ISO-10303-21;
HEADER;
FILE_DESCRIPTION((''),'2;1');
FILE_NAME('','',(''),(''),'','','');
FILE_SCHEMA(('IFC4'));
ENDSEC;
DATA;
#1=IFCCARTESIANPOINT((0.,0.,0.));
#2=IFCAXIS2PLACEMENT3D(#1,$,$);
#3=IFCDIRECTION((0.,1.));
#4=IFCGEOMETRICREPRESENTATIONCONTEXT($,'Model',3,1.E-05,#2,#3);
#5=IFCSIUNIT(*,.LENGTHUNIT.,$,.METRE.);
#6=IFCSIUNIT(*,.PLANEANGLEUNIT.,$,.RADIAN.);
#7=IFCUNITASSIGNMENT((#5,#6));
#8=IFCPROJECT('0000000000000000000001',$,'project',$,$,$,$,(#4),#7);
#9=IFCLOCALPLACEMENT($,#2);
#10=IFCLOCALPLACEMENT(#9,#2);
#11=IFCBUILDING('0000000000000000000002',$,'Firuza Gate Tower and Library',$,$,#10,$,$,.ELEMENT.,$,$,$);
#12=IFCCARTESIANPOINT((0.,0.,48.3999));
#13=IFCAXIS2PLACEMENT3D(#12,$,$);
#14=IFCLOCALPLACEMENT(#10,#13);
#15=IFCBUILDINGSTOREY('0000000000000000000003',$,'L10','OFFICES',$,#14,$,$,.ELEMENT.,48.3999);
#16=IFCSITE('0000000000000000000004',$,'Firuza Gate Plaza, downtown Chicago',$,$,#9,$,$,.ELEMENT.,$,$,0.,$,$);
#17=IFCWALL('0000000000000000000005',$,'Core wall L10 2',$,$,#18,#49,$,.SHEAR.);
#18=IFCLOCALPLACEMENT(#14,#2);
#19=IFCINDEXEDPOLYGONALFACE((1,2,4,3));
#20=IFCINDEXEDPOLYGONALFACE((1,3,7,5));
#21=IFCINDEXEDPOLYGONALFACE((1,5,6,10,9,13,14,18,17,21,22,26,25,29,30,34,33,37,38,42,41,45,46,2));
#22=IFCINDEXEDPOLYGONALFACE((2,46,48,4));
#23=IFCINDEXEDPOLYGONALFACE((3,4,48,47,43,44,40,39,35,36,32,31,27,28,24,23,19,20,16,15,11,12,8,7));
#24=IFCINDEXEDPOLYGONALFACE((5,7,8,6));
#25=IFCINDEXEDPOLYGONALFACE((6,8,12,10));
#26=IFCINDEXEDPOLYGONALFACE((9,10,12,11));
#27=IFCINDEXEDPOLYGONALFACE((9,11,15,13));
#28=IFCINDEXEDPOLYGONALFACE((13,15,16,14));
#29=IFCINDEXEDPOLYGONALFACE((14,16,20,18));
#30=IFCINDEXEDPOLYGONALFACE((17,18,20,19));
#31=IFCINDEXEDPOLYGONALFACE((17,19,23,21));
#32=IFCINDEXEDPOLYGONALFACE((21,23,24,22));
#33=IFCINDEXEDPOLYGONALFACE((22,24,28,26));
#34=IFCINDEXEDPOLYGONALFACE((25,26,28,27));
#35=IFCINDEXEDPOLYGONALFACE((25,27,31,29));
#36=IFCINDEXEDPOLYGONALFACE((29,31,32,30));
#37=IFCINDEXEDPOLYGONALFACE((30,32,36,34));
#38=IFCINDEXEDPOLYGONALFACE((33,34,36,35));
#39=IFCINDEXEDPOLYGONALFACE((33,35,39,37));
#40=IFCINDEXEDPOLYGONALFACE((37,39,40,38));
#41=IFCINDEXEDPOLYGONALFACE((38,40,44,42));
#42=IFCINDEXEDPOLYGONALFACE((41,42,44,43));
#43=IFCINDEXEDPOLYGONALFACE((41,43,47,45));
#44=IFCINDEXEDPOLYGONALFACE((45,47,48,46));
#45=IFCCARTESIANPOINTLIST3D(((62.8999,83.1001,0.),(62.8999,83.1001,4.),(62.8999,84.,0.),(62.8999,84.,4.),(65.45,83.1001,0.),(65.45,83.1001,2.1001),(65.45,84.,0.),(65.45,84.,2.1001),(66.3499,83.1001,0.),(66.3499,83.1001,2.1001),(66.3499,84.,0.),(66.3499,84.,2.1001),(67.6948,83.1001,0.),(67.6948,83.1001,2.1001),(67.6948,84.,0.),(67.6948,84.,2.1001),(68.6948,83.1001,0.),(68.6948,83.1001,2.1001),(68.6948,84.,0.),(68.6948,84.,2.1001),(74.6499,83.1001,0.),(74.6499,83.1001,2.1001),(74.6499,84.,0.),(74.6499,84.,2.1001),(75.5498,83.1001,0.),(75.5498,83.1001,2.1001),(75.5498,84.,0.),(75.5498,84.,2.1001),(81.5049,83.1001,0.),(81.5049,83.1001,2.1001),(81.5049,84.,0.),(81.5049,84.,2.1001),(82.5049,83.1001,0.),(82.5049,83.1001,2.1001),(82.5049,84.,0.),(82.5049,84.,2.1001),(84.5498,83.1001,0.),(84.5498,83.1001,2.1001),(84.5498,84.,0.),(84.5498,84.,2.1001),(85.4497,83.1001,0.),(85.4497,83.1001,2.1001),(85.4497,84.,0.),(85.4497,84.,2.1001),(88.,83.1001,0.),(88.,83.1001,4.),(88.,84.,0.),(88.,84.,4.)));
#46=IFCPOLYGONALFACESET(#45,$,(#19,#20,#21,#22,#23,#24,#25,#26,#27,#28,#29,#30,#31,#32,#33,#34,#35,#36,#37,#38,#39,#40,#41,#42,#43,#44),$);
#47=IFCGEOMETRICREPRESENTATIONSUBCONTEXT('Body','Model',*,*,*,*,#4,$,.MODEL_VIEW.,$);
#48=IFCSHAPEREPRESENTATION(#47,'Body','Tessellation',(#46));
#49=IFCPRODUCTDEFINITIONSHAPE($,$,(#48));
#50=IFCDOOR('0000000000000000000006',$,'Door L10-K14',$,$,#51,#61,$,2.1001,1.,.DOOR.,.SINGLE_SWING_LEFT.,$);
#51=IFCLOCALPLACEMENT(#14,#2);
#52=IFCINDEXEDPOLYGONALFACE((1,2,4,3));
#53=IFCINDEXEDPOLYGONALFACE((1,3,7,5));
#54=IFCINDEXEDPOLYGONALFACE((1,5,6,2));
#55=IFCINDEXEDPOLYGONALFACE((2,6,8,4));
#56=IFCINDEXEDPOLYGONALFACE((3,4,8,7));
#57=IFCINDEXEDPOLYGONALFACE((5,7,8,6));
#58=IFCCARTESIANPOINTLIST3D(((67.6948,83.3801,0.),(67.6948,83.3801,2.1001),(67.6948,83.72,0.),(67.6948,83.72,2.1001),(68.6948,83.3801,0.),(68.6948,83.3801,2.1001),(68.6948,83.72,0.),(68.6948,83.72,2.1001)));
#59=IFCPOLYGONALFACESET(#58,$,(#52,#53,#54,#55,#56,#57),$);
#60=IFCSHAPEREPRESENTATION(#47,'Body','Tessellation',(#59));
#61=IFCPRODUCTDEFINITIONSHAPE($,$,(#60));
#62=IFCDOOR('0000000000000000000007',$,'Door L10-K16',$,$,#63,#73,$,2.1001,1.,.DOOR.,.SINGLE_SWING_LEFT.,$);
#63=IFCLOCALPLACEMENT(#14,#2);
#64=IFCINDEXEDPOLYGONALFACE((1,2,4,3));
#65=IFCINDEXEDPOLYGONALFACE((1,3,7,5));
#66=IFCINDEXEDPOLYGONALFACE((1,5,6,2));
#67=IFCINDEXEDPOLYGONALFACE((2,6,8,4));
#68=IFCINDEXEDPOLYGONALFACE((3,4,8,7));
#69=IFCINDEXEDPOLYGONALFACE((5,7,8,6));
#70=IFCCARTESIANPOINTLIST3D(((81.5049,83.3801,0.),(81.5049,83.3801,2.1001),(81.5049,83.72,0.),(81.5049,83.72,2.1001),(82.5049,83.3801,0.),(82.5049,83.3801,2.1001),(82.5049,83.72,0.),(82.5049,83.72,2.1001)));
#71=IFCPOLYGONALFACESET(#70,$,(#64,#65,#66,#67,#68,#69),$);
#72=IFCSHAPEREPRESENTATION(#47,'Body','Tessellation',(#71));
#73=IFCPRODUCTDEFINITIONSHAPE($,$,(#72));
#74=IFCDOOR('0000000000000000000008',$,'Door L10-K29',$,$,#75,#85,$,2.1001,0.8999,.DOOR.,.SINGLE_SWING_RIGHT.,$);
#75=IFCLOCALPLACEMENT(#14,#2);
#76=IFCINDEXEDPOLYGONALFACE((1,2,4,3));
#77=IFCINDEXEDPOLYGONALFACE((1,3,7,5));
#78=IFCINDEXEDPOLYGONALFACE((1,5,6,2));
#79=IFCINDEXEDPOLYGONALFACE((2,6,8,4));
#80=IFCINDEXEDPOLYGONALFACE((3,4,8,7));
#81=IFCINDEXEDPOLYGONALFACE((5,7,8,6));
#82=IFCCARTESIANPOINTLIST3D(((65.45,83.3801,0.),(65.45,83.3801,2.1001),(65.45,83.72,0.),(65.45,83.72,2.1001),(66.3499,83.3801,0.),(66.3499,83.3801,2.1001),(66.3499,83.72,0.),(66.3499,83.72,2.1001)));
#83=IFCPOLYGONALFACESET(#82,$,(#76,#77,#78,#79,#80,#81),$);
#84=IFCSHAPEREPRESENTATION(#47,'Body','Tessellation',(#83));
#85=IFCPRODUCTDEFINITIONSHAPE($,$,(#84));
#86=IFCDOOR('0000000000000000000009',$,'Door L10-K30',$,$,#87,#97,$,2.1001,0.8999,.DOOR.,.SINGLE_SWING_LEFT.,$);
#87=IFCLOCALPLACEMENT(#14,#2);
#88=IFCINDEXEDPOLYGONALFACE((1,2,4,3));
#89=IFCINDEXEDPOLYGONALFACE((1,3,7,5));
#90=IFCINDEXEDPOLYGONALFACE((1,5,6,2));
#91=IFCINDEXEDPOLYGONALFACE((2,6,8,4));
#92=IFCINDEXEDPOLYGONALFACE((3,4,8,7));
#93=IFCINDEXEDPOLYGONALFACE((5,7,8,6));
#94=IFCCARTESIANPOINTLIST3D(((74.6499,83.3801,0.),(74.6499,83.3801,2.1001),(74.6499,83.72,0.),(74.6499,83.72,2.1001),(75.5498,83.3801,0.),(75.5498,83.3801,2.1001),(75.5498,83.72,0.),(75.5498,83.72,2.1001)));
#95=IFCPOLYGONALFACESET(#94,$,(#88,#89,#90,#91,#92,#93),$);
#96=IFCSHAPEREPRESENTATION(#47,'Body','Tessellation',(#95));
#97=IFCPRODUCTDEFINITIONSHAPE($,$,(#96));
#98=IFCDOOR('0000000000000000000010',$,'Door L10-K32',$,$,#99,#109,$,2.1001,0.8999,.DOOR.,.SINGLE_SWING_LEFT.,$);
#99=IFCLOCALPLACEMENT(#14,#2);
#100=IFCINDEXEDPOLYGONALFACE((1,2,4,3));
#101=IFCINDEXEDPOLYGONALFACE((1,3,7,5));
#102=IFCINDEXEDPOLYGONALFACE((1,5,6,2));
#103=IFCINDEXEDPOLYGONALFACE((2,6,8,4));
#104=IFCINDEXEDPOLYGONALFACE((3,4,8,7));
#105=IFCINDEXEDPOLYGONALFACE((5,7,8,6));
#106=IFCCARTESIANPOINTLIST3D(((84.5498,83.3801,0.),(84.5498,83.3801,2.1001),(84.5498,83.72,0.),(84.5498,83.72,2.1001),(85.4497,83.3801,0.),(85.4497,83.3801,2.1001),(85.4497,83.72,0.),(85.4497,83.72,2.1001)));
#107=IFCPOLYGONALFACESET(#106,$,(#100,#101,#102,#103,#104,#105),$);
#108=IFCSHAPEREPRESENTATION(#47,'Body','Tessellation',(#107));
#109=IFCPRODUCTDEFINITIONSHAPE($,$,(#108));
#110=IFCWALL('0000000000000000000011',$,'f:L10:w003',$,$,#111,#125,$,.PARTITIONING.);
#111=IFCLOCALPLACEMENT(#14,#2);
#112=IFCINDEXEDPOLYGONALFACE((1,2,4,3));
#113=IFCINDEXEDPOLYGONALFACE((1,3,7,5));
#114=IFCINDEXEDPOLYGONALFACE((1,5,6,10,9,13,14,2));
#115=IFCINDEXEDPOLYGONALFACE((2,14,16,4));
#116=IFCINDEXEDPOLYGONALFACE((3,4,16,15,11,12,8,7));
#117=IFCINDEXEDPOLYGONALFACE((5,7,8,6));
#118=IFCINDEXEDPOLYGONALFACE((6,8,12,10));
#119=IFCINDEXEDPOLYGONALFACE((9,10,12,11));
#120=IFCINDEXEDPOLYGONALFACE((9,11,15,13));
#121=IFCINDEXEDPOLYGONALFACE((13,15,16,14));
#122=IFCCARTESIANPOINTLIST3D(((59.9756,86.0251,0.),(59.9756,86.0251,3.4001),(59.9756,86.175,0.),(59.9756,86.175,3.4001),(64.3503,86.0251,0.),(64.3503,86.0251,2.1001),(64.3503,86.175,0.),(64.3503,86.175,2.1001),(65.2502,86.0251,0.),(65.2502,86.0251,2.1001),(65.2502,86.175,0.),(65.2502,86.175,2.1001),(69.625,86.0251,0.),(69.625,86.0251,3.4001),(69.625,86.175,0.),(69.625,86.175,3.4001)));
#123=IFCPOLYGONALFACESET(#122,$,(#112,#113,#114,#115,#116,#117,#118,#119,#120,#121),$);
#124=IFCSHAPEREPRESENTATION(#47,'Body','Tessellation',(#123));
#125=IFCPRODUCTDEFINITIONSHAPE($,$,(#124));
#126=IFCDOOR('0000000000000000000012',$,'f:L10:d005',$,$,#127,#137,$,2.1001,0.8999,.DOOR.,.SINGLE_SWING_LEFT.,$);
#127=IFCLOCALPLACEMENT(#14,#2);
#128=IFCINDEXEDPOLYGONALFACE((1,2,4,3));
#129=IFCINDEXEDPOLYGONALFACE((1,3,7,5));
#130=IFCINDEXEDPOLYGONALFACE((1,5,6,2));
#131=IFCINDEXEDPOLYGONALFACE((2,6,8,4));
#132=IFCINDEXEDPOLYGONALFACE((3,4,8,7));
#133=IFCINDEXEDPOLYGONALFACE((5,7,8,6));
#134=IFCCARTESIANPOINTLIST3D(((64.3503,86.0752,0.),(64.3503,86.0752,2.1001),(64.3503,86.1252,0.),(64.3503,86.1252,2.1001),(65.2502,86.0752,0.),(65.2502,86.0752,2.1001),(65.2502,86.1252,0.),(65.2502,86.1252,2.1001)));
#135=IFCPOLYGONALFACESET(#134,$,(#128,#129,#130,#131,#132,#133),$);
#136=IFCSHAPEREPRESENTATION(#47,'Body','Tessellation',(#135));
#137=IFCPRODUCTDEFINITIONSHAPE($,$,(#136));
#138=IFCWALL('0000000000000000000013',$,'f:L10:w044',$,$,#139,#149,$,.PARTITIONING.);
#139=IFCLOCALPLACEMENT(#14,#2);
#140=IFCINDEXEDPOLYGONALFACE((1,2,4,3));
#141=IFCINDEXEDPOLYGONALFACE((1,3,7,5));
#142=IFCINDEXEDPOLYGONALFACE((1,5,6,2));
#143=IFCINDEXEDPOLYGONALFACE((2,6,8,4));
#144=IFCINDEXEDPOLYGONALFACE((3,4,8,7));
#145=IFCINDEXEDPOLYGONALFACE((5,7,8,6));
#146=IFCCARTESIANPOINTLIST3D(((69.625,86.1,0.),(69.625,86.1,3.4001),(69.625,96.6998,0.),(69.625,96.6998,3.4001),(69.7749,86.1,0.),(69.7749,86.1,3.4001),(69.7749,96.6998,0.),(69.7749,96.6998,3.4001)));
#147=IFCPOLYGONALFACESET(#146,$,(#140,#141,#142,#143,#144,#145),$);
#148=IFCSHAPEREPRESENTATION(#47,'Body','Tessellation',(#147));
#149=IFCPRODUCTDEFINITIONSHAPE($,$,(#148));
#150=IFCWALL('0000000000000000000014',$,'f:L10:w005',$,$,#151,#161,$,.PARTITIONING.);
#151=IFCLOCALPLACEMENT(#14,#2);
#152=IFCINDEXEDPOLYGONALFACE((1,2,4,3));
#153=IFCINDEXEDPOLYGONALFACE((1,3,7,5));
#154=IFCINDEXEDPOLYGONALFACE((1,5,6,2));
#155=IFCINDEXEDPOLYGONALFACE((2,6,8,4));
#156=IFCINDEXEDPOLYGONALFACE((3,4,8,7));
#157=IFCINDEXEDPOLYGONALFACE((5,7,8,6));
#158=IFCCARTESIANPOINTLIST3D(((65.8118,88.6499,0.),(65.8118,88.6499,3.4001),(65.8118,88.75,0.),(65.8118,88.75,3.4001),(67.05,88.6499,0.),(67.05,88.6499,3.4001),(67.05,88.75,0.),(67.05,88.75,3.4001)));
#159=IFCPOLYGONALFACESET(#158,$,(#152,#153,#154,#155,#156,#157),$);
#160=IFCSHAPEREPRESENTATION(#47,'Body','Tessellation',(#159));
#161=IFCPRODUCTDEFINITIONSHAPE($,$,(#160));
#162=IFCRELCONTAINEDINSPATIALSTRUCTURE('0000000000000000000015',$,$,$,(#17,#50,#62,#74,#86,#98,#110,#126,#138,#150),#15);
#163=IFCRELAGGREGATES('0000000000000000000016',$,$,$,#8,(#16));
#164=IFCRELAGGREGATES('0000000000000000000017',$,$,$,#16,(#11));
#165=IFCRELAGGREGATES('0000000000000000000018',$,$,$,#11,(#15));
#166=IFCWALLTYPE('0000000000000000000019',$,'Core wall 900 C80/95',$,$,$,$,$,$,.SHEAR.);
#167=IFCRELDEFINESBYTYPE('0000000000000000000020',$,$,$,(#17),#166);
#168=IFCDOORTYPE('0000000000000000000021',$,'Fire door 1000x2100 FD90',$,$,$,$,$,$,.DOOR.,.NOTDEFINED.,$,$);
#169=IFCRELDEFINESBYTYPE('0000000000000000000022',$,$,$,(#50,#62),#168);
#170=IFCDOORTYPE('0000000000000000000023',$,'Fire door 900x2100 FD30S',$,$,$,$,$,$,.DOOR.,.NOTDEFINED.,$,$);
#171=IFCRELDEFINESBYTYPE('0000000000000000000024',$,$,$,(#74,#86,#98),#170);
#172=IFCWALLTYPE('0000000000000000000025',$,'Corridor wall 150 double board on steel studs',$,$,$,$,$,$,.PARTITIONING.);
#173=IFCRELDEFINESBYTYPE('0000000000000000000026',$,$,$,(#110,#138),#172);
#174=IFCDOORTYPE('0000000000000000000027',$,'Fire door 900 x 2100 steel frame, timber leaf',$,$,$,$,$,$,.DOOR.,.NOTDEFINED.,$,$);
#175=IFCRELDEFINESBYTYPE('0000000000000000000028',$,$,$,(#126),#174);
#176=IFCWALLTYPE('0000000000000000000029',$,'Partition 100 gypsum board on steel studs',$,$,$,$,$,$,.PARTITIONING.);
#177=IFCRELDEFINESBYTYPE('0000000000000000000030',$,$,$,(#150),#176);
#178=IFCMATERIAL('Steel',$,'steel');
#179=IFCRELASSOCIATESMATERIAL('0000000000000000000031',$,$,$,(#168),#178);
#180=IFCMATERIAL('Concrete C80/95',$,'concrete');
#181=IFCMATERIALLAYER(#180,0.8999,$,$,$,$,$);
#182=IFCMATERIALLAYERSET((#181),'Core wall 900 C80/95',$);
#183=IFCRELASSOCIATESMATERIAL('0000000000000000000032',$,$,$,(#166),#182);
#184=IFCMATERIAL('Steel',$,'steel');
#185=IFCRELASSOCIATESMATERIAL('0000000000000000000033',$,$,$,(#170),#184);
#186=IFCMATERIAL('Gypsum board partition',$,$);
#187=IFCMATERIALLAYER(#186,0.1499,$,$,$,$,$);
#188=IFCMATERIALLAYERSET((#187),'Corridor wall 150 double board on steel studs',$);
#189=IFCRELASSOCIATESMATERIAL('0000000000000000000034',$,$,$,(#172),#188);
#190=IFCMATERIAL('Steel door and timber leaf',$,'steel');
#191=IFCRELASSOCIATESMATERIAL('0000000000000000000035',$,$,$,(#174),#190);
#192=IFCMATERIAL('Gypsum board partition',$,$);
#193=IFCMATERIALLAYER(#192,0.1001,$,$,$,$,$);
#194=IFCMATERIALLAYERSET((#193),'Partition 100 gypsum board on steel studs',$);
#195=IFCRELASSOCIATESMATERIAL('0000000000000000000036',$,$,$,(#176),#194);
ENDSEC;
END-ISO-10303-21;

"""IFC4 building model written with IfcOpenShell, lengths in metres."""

from ifc_helpers import new_model, si_unit, direction, frame, frame_2d, origin, place, context, subcontext, project, spatial, rectangle, extrude, material, layer, layer_set, type_object, element, fill, save


model = new_model("IFC4")

# Units and contexts
model_context = context("Model", 3, precision=1e-05, world=origin(), true_north=direction((0.0, 1.0)))
body_context = subcontext(model_context, "Body", "Model", "MODEL_VIEW")
ifc_project = project(units=[si_unit("LENGTHUNIT", "METRE"), si_unit("PLANEANGLEUNIT", "RADIAN")], contexts=[model_context])

# Site, building, storey
site_placement = place(None, origin())
site = spatial("IfcSite", under=ifc_project, at=site_placement, Name="Firuza Gate Plaza, downtown Chicago", CompositionType="ELEMENT", RefElevation=0.0)
building_placement = place(site_placement, origin())
building = spatial("IfcBuilding", under=site, at=building_placement, Name="Firuza Gate Tower and Library", CompositionType="ELEMENT")
storey_placement = place(building_placement, frame((0.0, 0.0, 48.3999)))
storey = spatial("IfcBuildingStorey", under=building, at=storey_placement, Name="L10", Description="OFFICES", CompositionType="ELEMENT", Elevation=48.3999)

# Shared definitions
ifc_material_1 = material(Name="Steel", Category="steel")
door_type_1 = type_object("IfcDoorType", Name="Fire door 1000x2100 FD90", OperationType="NOTDEFINED", PredefinedType="DOOR", material=ifc_material_1)

# Wall, openings, doors
ifc_material_2 = material(Name="Concrete C80/95", Category="concrete")
ifc_layer_1 = layer(ifc_material_2, 0.8999)
ifc_layer_set_1 = layer_set([ifc_layer_1], Name="Core wall 900 C80/95")
wall_type_1 = type_object("IfcWallType", Name="Core wall 900 C80/95", PredefinedType="SHEAR", material=ifc_layer_set_1)
wall_1_placement = place(storey_placement, frame((62.8999, 83.55, 0.0), z_axis=(0.0, 0.0, 1.0), x_axis=(1.0, 0.0, 0.0)))
wall_1 = element("IfcWall", 1, at=wall_1_placement, inside=storey, type_object=wall_type_1, Name="Core wall L10 2", PredefinedType="SHEAR", context=body_context, shape_type="SweptSolid", body=[
    extrude(rectangle(XDim=25.1001, YDim=0.8999, at=frame_2d((12.55, 0.0))), origin(), (0.0, 0.0, 1.0), 4.0),
])
opening_1_placement = place(wall_1_placement, frame((4.7949, 0.0, 0.0)))
opening_1 = element("IfcOpeningElement", 2, at=opening_1_placement, cuts=wall_1, PredefinedType="OPENING", context=body_context, shape_type="SweptSolid", body=[
    extrude(rectangle(XDim=1.0, YDim=2.1001, at=frame_2d((0.5, 1.05))), frame((0.0, 0.46, 0.0), z_axis=(0.0, -1.0, 0.0), x_axis=(1.0, 0.0, 0.0)), (0.0, 0.0, 1.0), 0.9199),
])
opening_2_placement = place(wall_1_placement, frame((18.605, 0.0, 0.0)))
opening_2 = element("IfcOpeningElement", 3, at=opening_2_placement, cuts=wall_1, PredefinedType="OPENING", context=body_context, shape_type="SweptSolid", body=[
    extrude(rectangle(XDim=1.0, YDim=2.1001, at=frame_2d((0.5, 1.05))), frame((0.0, 0.46, 0.0), z_axis=(0.0, -1.0, 0.0), x_axis=(1.0, 0.0, 0.0)), (0.0, 0.0, 1.0), 0.9199),
])
opening_3_placement = place(wall_1_placement, frame((2.55, 0.0, 0.0)))
opening_3 = element("IfcOpeningElement", 4, at=opening_3_placement, cuts=wall_1, PredefinedType="OPENING", context=body_context, shape_type="SweptSolid", body=[
    extrude(rectangle(XDim=0.8999, YDim=2.1001, at=frame_2d((0.45, 1.05))), frame((0.0, 0.46, 0.0), z_axis=(0.0, -1.0, 0.0), x_axis=(1.0, 0.0, 0.0)), (0.0, 0.0, 1.0), 0.9199),
])
opening_4_placement = place(wall_1_placement, frame((11.75, 0.0, 0.0)))
opening_4 = element("IfcOpeningElement", 5, at=opening_4_placement, cuts=wall_1, PredefinedType="OPENING", context=body_context, shape_type="SweptSolid", body=[
    extrude(rectangle(XDim=0.8999, YDim=2.1001, at=frame_2d((0.45, 1.05))), frame((0.0, 0.46, 0.0), z_axis=(0.0, -1.0, 0.0), x_axis=(1.0, 0.0, 0.0)), (0.0, 0.0, 1.0), 0.9199),
])
opening_5_placement = place(wall_1_placement, frame((21.6499, 0.0, 0.0)))
opening_5 = element("IfcOpeningElement", 6, at=opening_5_placement, cuts=wall_1, PredefinedType="OPENING", context=body_context, shape_type="SweptSolid", body=[
    extrude(rectangle(XDim=0.8999, YDim=2.1001, at=frame_2d((0.45, 1.05))), frame((0.0, 0.46, 0.0), z_axis=(0.0, -1.0, 0.0), x_axis=(1.0, 0.0, 0.0)), (0.0, 0.0, 1.0), 0.9199),
])
door_1_placement = place(opening_1_placement, origin())
door_1 = element("IfcDoor", 7, at=door_1_placement, inside=storey, type_object=door_type_1, Name="Door L10-K14", OperationType="SINGLE_SWING_LEFT", OverallHeight=2.1001, OverallWidth=1.0, PredefinedType="DOOR", context=body_context, shape_type="SweptSolid", body=[
    extrude(rectangle(XDim=1.0, YDim=2.1001, at=frame_2d((0.5, 1.05))), frame((0.0, 0.1699, 0.0), z_axis=(0.0, -1.0, 0.0), x_axis=(1.0, 0.0, 0.0)), (0.0, 0.0, 1.0), 0.3398),
])
fill(opening_1, door_1)
door_2_placement = place(opening_2_placement, origin())
door_2 = element("IfcDoor", 8, at=door_2_placement, inside=storey, type_object=door_type_1, Name="Door L10-K16", OperationType="SINGLE_SWING_LEFT", OverallHeight=2.1001, OverallWidth=1.0, PredefinedType="DOOR", context=body_context, shape_type="SweptSolid", body=[
    extrude(rectangle(XDim=1.0, YDim=2.1001, at=frame_2d((0.5, 1.05))), frame((0.0, 0.1699, 0.0), z_axis=(0.0, -1.0, 0.0), x_axis=(1.0, 0.0, 0.0)), (0.0, 0.0, 1.0), 0.3398),
])
fill(opening_2, door_2)
ifc_material_3 = material(Name="Steel", Category="steel")
door_type_2 = type_object("IfcDoorType", Name="Fire door 900x2100 FD30S", OperationType="NOTDEFINED", PredefinedType="DOOR", material=ifc_material_3)
door_3_placement = place(opening_3_placement, origin())
door_3 = element("IfcDoor", 9, at=door_3_placement, inside=storey, type_object=door_type_2, Name="Door L10-K29", OperationType="SINGLE_SWING_RIGHT", OverallHeight=2.1001, OverallWidth=0.8999, PredefinedType="DOOR", context=body_context, shape_type="SweptSolid", body=[
    extrude(rectangle(XDim=0.8999, YDim=2.1001, at=frame_2d((0.45, 1.05))), frame((0.0, 0.1699, 0.0), z_axis=(0.0, -1.0, 0.0), x_axis=(1.0, 0.0, 0.0)), (0.0, 0.0, 1.0), 0.3398),
])
fill(opening_3, door_3)
door_4_placement = place(opening_4_placement, origin())
door_4 = element("IfcDoor", 10, at=door_4_placement, inside=storey, type_object=door_type_2, Name="Door L10-K30", OperationType="SINGLE_SWING_LEFT", OverallHeight=2.1001, OverallWidth=0.8999, PredefinedType="DOOR", context=body_context, shape_type="SweptSolid", body=[
    extrude(rectangle(XDim=0.8999, YDim=2.1001, at=frame_2d((0.45, 1.05))), frame((0.0, 0.1699, 0.0), z_axis=(0.0, -1.0, 0.0), x_axis=(1.0, 0.0, 0.0)), (0.0, 0.0, 1.0), 0.3398),
])
fill(opening_4, door_4)
door_5_placement = place(opening_5_placement, origin())
door_5 = element("IfcDoor", 11, at=door_5_placement, inside=storey, type_object=door_type_2, Name="Door L10-K32", OperationType="SINGLE_SWING_LEFT", OverallHeight=2.1001, OverallWidth=0.8999, PredefinedType="DOOR", context=body_context, shape_type="SweptSolid", body=[
    extrude(rectangle(XDim=0.8999, YDim=2.1001, at=frame_2d((0.45, 1.05))), frame((0.0, 0.1699, 0.0), z_axis=(0.0, -1.0, 0.0), x_axis=(1.0, 0.0, 0.0)), (0.0, 0.0, 1.0), 0.3398),
])
fill(opening_5, door_5)

# Wall, opening, door
ifc_material_4 = material(Name="Gypsum board partition")
ifc_layer_2 = layer(ifc_material_4, 0.1499)
ifc_layer_set_2 = layer_set([ifc_layer_2], Name="Corridor wall 150 double board on steel studs")
wall_type_2 = type_object("IfcWallType", Name="Corridor wall 150 double board on steel studs", PredefinedType="PARTITIONING", material=ifc_layer_set_2)
wall_2_placement = place(storey_placement, frame((69.625, 86.1001, 0.0), z_axis=(0.0, 0.0, 1.0), x_axis=(-1.0, 0.0, 0.0)))
wall_2 = element("IfcWall", 12, at=wall_2_placement, inside=storey, type_object=wall_type_2, Name="f:L10:w003", PredefinedType="PARTITIONING", context=body_context, shape_type="SweptSolid", body=[
    extrude(rectangle(XDim=9.6494, YDim=0.1499, at=frame_2d((4.8247, 0.0))), origin(), (0.0, 0.0, 1.0), 3.4001),
])
opening_6_placement = place(wall_2_placement, frame((4.3748, 0.0, 0.0)))
opening_6 = element("IfcOpeningElement", 13, at=opening_6_placement, cuts=wall_2, PredefinedType="OPENING", context=body_context, shape_type="SweptSolid", body=[
    extrude(rectangle(XDim=0.8999, YDim=2.1001, at=frame_2d((0.45, 1.05))), frame((0.0, 0.085, 0.0), z_axis=(0.0, -1.0, 0.0), x_axis=(1.0, 0.0, 0.0)), (0.0, 0.0, 1.0), 0.1699),
])
ifc_material_5 = material(Name="Steel door and timber leaf", Category="steel")
door_type_3 = type_object("IfcDoorType", Name="Fire door 900 x 2100 steel frame, timber leaf", OperationType="NOTDEFINED", PredefinedType="DOOR", material=ifc_material_5)
door_6_placement = place(opening_6_placement, origin())
door_6 = element("IfcDoor", 14, at=door_6_placement, inside=storey, type_object=door_type_3, Name="f:L10:d005", OperationType="SINGLE_SWING_LEFT", OverallHeight=2.1001, OverallWidth=0.8999, PredefinedType="DOOR", context=body_context, shape_type="SweptSolid", body=[
    extrude(rectangle(XDim=0.8999, YDim=2.1001, at=frame_2d((0.45, 1.05))), frame((0.0, 0.0249, 0.0), z_axis=(0.0, -1.0, 0.0), x_axis=(1.0, 0.0, 0.0)), (0.0, 0.0, 1.0), 0.05),
])
fill(opening_6, door_6)

# Walls
wall_3_placement = place(storey_placement, frame((69.7, 86.1001, 0.0), z_axis=(0.0, 0.0, 1.0), x_axis=(0.0, 1.0, 0.0)))
element("IfcWall", 15, at=wall_3_placement, inside=storey, type_object=wall_type_2, Name="f:L10:w044", PredefinedType="PARTITIONING", context=body_context, shape_type="SweptSolid", body=[
    extrude(rectangle(XDim=10.5999, YDim=0.1499, at=frame_2d((5.2998, 0.0))), origin(), (0.0, 0.0, 1.0), 3.4001),
])
ifc_material_6 = material(Name="Gypsum board partition")
ifc_layer_3 = layer(ifc_material_6, 0.1001)
ifc_layer_set_3 = layer_set([ifc_layer_3], Name="Partition 100 gypsum board on steel studs")
wall_type_3 = type_object("IfcWallType", Name="Partition 100 gypsum board on steel studs", PredefinedType="PARTITIONING", material=ifc_layer_set_3)
wall_4_placement = place(storey_placement, frame((65.8118, 88.7, 0.0), z_axis=(0.0, 0.0, 1.0), x_axis=(1.0, 0.0, 0.0)))
element("IfcWall", 16, at=wall_4_placement, inside=storey, type_object=wall_type_3, Name="f:L10:w005", PredefinedType="PARTITIONING", context=body_context, shape_type="SweptSolid", body=[
    extrude(rectangle(XDim=1.2383, YDim=0.1001, at=frame_2d((0.6191, 0.0))), origin(), (0.0, 0.0, 1.0), 3.4001),
])

save(model, "model.ifc")
